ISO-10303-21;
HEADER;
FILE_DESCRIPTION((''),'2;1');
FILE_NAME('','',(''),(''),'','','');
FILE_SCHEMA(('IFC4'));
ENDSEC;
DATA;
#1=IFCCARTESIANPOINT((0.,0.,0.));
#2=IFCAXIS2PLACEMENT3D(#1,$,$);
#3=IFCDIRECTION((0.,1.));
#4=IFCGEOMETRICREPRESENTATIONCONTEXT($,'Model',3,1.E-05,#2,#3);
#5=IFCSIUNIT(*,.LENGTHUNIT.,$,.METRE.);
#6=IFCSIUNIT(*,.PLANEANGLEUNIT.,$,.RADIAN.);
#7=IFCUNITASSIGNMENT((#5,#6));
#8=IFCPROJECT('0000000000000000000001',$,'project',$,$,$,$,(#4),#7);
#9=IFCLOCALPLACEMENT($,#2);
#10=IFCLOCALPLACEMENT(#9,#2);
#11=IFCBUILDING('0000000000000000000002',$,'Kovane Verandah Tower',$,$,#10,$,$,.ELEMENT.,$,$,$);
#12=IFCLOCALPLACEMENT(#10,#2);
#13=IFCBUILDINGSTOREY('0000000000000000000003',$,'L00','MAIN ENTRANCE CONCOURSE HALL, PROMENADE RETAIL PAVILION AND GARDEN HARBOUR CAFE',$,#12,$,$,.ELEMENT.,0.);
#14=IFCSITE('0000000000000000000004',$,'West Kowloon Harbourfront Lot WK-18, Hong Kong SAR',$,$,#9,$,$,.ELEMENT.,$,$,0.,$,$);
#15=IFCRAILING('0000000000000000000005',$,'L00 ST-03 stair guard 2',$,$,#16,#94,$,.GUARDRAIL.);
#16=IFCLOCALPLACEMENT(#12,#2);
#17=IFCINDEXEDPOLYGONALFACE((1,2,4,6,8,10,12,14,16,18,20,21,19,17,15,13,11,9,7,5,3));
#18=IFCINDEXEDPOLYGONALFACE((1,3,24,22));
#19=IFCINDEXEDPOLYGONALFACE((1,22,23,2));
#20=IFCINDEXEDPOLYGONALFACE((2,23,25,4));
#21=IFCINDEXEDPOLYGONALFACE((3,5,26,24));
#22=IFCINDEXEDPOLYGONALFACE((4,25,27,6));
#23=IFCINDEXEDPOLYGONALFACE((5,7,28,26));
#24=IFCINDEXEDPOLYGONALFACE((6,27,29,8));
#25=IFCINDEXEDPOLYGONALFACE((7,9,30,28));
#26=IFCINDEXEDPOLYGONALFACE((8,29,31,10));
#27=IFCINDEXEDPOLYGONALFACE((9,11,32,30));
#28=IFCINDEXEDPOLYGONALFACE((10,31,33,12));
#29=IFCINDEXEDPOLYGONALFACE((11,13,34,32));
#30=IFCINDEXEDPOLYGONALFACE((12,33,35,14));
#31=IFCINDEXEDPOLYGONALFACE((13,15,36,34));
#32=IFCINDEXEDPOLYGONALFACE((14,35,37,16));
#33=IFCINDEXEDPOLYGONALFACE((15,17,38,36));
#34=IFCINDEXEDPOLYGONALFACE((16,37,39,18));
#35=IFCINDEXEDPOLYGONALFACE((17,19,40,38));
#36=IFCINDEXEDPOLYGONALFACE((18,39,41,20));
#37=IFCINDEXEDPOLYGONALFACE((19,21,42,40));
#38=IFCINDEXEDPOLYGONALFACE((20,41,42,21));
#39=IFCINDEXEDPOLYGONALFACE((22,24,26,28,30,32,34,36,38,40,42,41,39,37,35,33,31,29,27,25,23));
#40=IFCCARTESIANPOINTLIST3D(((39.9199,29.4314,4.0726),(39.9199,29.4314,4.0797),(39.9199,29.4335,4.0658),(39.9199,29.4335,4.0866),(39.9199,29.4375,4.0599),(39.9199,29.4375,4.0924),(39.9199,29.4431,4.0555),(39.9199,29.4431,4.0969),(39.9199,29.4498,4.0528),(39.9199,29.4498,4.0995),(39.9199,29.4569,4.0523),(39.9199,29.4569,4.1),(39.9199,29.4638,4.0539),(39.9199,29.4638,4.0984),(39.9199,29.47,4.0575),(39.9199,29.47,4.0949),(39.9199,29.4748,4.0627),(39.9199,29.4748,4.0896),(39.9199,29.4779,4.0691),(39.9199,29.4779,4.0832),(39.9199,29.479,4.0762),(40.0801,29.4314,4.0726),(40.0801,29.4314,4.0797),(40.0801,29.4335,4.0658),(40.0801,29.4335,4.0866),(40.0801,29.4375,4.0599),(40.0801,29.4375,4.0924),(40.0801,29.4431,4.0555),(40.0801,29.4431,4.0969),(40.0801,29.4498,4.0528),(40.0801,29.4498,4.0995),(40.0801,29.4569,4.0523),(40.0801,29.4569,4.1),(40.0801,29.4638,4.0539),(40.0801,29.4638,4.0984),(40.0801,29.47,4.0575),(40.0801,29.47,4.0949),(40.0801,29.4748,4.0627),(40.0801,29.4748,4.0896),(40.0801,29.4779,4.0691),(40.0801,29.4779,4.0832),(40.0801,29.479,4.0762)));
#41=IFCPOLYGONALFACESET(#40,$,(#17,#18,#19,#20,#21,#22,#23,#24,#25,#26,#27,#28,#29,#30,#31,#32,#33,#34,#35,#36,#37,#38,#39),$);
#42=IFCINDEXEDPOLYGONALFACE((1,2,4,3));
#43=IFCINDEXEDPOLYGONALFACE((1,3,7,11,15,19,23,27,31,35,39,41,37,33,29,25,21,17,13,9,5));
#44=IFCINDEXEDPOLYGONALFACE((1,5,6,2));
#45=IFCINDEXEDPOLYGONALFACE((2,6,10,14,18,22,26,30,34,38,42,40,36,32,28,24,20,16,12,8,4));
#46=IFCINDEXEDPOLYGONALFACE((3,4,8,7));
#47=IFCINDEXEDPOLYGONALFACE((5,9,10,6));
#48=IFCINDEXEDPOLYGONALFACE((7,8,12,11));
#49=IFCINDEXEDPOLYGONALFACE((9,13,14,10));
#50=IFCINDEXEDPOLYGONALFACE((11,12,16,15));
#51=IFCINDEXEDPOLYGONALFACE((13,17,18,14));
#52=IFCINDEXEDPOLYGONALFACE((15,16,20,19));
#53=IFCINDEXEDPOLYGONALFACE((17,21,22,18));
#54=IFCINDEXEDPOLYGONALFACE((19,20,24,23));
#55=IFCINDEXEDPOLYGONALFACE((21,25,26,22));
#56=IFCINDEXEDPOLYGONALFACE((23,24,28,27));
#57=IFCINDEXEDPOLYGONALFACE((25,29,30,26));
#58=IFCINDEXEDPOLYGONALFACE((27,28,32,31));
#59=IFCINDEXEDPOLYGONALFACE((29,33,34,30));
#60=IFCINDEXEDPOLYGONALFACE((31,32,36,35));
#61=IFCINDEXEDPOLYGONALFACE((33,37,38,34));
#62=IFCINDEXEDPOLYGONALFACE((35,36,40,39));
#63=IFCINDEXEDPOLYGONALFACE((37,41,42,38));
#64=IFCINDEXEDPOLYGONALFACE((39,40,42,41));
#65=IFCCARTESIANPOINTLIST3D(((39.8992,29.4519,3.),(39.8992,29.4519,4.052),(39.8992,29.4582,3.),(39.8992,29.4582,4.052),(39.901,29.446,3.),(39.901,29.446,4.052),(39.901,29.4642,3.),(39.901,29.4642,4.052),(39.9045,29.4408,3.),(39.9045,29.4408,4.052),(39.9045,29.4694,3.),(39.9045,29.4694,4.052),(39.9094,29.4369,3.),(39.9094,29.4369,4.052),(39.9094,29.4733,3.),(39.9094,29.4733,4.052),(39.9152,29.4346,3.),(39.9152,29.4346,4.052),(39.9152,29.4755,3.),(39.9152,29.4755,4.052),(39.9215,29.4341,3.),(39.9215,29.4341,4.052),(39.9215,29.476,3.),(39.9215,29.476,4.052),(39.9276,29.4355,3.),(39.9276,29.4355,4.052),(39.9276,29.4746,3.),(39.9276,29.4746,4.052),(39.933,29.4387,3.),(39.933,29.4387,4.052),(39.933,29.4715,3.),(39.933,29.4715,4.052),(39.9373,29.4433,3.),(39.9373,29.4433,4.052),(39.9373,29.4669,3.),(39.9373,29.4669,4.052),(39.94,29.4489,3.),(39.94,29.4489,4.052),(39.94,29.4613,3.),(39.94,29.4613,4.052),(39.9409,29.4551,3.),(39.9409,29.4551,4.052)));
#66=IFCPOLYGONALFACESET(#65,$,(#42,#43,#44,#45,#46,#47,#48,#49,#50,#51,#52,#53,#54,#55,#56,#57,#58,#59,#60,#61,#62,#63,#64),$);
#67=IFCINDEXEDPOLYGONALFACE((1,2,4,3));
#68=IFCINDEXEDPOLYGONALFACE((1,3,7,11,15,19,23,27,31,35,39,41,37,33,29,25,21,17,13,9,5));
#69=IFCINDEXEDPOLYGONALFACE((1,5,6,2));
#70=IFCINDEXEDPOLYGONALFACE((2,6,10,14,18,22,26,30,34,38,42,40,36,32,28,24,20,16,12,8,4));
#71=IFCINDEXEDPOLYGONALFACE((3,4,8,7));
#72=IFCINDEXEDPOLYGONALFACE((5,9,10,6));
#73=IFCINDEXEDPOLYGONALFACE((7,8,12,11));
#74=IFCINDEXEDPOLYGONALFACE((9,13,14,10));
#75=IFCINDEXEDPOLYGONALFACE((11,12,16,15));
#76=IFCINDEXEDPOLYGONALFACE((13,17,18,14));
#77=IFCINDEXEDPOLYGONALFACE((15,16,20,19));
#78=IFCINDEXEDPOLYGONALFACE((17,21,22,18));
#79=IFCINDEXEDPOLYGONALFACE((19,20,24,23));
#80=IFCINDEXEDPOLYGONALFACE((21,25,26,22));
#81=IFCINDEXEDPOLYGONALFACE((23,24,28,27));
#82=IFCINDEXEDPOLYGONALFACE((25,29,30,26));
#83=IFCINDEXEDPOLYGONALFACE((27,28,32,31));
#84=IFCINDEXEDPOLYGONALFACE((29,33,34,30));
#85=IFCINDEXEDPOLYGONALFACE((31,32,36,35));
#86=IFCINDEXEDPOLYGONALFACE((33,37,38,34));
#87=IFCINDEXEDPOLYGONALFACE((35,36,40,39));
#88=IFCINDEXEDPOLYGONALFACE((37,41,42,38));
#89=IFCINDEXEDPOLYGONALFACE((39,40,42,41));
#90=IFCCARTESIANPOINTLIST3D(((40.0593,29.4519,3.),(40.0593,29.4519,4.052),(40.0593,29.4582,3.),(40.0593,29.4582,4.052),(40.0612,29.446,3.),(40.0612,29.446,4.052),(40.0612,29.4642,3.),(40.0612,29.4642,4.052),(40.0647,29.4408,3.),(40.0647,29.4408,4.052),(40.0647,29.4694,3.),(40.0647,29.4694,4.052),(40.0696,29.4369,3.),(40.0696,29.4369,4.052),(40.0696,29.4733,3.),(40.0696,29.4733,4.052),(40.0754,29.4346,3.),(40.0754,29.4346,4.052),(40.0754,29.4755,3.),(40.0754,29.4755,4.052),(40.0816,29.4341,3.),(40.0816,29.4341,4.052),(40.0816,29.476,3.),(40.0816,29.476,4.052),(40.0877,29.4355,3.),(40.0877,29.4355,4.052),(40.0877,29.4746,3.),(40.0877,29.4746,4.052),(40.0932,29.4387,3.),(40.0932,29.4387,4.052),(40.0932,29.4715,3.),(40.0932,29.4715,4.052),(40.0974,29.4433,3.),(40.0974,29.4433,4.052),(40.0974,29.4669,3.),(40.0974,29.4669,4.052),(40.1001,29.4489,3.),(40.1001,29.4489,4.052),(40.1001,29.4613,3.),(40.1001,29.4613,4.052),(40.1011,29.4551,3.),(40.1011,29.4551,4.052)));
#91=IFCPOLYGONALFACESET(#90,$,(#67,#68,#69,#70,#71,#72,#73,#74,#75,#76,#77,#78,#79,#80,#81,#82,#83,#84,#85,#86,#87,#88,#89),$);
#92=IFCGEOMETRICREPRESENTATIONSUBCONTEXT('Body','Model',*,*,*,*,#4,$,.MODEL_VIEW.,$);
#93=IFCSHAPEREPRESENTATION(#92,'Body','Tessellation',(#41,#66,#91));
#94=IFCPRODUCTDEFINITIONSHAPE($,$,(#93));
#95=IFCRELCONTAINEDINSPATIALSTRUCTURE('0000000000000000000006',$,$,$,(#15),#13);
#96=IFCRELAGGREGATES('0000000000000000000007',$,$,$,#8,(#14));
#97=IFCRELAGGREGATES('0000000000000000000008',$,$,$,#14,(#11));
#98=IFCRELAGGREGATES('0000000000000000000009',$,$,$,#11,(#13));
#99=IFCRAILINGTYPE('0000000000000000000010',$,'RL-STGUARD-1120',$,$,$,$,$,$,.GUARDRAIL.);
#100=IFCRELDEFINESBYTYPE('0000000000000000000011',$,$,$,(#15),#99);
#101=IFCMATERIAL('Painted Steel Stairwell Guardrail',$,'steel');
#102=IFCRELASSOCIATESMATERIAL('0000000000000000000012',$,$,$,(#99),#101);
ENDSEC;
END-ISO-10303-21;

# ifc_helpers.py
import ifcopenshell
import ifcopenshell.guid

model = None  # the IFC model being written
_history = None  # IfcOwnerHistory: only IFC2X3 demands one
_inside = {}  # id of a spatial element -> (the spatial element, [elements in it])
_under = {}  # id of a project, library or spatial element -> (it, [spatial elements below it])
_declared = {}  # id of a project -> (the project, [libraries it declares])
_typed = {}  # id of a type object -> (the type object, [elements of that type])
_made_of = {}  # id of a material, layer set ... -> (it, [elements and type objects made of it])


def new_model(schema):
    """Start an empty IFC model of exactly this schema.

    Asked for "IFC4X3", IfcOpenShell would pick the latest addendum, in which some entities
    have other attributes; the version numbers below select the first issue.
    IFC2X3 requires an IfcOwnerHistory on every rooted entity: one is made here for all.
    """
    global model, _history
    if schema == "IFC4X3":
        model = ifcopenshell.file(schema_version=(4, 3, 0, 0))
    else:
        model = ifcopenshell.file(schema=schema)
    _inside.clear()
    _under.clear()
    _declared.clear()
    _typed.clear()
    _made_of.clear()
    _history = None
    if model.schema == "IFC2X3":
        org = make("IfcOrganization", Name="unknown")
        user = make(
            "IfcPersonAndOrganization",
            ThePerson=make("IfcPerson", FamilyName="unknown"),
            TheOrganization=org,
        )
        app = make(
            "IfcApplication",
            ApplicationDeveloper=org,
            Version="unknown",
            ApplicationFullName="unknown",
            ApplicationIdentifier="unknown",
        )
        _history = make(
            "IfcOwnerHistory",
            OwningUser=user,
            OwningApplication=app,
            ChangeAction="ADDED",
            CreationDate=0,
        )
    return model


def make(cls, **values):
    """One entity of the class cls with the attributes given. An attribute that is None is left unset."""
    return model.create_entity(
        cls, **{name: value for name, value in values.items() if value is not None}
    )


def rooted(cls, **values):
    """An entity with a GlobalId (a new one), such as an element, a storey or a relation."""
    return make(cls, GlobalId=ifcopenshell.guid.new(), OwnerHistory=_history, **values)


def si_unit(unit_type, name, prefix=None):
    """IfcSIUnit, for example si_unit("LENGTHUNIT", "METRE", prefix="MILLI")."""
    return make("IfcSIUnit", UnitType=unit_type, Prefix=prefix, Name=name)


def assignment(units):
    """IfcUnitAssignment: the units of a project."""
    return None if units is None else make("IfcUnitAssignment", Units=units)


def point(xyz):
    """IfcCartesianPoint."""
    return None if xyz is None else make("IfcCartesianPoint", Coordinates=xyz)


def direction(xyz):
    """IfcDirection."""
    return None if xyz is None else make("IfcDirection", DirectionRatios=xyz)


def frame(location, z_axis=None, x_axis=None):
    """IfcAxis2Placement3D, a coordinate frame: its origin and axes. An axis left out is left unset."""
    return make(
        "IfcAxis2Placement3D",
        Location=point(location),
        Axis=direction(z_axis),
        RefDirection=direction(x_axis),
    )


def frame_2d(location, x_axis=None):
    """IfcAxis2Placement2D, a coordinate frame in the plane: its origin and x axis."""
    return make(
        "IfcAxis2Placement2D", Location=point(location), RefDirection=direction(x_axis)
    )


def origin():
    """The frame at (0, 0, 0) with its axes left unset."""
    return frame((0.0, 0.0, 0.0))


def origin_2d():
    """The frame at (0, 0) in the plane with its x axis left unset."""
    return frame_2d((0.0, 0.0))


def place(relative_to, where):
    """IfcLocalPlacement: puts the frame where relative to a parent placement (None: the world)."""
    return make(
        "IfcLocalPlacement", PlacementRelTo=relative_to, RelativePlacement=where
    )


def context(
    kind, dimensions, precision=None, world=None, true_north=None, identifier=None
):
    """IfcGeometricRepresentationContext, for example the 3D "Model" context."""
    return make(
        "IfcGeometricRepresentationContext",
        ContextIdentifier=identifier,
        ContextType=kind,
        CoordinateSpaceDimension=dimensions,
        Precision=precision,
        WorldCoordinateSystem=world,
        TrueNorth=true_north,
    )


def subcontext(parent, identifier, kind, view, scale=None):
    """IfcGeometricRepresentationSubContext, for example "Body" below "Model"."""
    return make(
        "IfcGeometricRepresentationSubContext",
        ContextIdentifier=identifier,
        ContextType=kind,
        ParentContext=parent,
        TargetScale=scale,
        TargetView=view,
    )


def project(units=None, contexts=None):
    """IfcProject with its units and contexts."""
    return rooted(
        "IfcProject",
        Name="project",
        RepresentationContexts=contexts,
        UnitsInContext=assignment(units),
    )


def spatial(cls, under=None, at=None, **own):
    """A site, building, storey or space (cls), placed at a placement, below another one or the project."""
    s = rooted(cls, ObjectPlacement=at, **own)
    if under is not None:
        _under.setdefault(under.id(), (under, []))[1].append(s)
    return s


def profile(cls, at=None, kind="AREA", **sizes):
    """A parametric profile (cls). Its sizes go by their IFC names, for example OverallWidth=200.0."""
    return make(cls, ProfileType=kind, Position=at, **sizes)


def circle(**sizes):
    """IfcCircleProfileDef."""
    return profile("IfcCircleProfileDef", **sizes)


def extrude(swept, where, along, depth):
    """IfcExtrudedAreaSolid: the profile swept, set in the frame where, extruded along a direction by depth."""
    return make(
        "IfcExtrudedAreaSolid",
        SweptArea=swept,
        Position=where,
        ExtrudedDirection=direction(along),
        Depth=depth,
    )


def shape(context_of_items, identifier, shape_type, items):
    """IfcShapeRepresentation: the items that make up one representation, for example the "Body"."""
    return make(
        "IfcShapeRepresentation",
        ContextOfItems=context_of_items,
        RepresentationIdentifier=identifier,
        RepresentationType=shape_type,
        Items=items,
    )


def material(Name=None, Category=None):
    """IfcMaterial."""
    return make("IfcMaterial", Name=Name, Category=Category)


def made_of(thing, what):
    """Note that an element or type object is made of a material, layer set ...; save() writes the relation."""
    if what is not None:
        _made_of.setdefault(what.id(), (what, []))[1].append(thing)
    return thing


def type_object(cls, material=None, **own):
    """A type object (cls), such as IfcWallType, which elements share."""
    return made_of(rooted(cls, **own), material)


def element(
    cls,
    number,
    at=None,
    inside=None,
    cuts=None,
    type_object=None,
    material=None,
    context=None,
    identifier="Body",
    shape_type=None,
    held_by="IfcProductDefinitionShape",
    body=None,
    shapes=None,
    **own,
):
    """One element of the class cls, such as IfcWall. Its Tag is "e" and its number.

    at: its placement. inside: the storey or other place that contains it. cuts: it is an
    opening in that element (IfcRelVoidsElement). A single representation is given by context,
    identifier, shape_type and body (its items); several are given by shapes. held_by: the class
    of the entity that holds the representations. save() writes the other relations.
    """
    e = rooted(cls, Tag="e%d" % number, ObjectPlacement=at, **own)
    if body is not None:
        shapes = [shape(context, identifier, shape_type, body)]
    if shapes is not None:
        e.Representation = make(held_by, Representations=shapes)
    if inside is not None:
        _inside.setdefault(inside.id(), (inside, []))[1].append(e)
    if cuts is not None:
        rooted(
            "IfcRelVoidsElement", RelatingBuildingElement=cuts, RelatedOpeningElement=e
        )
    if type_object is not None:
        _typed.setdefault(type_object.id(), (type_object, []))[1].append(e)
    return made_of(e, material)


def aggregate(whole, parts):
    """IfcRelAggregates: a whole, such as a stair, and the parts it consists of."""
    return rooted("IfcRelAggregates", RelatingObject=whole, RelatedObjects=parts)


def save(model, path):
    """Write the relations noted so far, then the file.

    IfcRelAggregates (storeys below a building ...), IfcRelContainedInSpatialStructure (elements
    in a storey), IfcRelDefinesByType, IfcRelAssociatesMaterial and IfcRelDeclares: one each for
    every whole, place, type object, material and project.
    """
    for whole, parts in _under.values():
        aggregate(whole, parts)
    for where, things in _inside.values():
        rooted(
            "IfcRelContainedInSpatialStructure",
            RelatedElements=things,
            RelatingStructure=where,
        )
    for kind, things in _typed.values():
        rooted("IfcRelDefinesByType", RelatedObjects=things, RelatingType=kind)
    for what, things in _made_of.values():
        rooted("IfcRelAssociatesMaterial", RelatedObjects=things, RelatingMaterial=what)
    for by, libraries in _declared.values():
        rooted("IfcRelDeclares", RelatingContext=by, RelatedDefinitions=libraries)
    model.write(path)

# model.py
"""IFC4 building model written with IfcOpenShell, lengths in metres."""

from ifc_helpers import new_model, si_unit, direction, frame, origin, origin_2d, place, context, subcontext, project, spatial, circle, extrude, material, type_object, element, save


model = new_model("IFC4")

# Units and contexts
model_context = context("Model", 3, precision=1e-05, world=origin(), true_north=direction((0.0, 1.0)))
body_context = subcontext(model_context, "Body", "Model", "MODEL_VIEW")
ifc_project = project(units=[si_unit("LENGTHUNIT", "METRE"), si_unit("PLANEANGLEUNIT", "RADIAN")], contexts=[model_context])

# Site, building, storey
site_placement = place(None, origin())
site = spatial("IfcSite", under=ifc_project, at=site_placement, Name="West Kowloon Harbourfront Lot WK-18, Hong Kong SAR", CompositionType="ELEMENT", RefElevation=0.0)
building_placement = place(site_placement, origin())
building = spatial("IfcBuilding", under=site, at=building_placement, Name="Kovane Verandah Tower", CompositionType="ELEMENT")
storey_placement = place(building_placement, origin())
storey = spatial("IfcBuildingStorey", under=building, at=storey_placement, Name="L00", Description="MAIN ENTRANCE CONCOURSE HALL, PROMENADE RETAIL PAVILION AND GARDEN HARBOUR CAFE", CompositionType="ELEMENT", Elevation=0.0)

# Railing
ifc_material_1 = material(Name="Painted Steel Stairwell Guardrail", Category="steel")
railing_type_1 = type_object("IfcRailingType", Name="RL-STGUARD-1120", PredefinedType="GUARDRAIL", material=ifc_material_1)
railing_1_placement = place(storey_placement, frame((39.9199, 29.4551, 3.0)))
element("IfcRailing", 1, at=railing_1_placement, inside=storey, type_object=railing_type_1, Name="L00 ST-03 stair guard 2", PredefinedType="GUARDRAIL", context=body_context, shape_type="SweptSolid", body=[
    extrude(circle(Radius=0.0239, at=origin_2d()), frame((0.0, 0.0, 1.0762), z_axis=(1.0, 0.0, 0.0), x_axis=(0.0, 1.0, 0.0)), (0.0, 0.0, 1.0), 0.1602),
    extrude(circle(Radius=0.021, at=origin_2d()), origin(), (0.0, 0.0, 1.0), 1.052),
    extrude(circle(Radius=0.021, at=origin_2d()), frame((0.1602, 0.0, 0.0)), (0.0, 0.0, 1.0), 1.052),
])

save(model, "model.ifc")
